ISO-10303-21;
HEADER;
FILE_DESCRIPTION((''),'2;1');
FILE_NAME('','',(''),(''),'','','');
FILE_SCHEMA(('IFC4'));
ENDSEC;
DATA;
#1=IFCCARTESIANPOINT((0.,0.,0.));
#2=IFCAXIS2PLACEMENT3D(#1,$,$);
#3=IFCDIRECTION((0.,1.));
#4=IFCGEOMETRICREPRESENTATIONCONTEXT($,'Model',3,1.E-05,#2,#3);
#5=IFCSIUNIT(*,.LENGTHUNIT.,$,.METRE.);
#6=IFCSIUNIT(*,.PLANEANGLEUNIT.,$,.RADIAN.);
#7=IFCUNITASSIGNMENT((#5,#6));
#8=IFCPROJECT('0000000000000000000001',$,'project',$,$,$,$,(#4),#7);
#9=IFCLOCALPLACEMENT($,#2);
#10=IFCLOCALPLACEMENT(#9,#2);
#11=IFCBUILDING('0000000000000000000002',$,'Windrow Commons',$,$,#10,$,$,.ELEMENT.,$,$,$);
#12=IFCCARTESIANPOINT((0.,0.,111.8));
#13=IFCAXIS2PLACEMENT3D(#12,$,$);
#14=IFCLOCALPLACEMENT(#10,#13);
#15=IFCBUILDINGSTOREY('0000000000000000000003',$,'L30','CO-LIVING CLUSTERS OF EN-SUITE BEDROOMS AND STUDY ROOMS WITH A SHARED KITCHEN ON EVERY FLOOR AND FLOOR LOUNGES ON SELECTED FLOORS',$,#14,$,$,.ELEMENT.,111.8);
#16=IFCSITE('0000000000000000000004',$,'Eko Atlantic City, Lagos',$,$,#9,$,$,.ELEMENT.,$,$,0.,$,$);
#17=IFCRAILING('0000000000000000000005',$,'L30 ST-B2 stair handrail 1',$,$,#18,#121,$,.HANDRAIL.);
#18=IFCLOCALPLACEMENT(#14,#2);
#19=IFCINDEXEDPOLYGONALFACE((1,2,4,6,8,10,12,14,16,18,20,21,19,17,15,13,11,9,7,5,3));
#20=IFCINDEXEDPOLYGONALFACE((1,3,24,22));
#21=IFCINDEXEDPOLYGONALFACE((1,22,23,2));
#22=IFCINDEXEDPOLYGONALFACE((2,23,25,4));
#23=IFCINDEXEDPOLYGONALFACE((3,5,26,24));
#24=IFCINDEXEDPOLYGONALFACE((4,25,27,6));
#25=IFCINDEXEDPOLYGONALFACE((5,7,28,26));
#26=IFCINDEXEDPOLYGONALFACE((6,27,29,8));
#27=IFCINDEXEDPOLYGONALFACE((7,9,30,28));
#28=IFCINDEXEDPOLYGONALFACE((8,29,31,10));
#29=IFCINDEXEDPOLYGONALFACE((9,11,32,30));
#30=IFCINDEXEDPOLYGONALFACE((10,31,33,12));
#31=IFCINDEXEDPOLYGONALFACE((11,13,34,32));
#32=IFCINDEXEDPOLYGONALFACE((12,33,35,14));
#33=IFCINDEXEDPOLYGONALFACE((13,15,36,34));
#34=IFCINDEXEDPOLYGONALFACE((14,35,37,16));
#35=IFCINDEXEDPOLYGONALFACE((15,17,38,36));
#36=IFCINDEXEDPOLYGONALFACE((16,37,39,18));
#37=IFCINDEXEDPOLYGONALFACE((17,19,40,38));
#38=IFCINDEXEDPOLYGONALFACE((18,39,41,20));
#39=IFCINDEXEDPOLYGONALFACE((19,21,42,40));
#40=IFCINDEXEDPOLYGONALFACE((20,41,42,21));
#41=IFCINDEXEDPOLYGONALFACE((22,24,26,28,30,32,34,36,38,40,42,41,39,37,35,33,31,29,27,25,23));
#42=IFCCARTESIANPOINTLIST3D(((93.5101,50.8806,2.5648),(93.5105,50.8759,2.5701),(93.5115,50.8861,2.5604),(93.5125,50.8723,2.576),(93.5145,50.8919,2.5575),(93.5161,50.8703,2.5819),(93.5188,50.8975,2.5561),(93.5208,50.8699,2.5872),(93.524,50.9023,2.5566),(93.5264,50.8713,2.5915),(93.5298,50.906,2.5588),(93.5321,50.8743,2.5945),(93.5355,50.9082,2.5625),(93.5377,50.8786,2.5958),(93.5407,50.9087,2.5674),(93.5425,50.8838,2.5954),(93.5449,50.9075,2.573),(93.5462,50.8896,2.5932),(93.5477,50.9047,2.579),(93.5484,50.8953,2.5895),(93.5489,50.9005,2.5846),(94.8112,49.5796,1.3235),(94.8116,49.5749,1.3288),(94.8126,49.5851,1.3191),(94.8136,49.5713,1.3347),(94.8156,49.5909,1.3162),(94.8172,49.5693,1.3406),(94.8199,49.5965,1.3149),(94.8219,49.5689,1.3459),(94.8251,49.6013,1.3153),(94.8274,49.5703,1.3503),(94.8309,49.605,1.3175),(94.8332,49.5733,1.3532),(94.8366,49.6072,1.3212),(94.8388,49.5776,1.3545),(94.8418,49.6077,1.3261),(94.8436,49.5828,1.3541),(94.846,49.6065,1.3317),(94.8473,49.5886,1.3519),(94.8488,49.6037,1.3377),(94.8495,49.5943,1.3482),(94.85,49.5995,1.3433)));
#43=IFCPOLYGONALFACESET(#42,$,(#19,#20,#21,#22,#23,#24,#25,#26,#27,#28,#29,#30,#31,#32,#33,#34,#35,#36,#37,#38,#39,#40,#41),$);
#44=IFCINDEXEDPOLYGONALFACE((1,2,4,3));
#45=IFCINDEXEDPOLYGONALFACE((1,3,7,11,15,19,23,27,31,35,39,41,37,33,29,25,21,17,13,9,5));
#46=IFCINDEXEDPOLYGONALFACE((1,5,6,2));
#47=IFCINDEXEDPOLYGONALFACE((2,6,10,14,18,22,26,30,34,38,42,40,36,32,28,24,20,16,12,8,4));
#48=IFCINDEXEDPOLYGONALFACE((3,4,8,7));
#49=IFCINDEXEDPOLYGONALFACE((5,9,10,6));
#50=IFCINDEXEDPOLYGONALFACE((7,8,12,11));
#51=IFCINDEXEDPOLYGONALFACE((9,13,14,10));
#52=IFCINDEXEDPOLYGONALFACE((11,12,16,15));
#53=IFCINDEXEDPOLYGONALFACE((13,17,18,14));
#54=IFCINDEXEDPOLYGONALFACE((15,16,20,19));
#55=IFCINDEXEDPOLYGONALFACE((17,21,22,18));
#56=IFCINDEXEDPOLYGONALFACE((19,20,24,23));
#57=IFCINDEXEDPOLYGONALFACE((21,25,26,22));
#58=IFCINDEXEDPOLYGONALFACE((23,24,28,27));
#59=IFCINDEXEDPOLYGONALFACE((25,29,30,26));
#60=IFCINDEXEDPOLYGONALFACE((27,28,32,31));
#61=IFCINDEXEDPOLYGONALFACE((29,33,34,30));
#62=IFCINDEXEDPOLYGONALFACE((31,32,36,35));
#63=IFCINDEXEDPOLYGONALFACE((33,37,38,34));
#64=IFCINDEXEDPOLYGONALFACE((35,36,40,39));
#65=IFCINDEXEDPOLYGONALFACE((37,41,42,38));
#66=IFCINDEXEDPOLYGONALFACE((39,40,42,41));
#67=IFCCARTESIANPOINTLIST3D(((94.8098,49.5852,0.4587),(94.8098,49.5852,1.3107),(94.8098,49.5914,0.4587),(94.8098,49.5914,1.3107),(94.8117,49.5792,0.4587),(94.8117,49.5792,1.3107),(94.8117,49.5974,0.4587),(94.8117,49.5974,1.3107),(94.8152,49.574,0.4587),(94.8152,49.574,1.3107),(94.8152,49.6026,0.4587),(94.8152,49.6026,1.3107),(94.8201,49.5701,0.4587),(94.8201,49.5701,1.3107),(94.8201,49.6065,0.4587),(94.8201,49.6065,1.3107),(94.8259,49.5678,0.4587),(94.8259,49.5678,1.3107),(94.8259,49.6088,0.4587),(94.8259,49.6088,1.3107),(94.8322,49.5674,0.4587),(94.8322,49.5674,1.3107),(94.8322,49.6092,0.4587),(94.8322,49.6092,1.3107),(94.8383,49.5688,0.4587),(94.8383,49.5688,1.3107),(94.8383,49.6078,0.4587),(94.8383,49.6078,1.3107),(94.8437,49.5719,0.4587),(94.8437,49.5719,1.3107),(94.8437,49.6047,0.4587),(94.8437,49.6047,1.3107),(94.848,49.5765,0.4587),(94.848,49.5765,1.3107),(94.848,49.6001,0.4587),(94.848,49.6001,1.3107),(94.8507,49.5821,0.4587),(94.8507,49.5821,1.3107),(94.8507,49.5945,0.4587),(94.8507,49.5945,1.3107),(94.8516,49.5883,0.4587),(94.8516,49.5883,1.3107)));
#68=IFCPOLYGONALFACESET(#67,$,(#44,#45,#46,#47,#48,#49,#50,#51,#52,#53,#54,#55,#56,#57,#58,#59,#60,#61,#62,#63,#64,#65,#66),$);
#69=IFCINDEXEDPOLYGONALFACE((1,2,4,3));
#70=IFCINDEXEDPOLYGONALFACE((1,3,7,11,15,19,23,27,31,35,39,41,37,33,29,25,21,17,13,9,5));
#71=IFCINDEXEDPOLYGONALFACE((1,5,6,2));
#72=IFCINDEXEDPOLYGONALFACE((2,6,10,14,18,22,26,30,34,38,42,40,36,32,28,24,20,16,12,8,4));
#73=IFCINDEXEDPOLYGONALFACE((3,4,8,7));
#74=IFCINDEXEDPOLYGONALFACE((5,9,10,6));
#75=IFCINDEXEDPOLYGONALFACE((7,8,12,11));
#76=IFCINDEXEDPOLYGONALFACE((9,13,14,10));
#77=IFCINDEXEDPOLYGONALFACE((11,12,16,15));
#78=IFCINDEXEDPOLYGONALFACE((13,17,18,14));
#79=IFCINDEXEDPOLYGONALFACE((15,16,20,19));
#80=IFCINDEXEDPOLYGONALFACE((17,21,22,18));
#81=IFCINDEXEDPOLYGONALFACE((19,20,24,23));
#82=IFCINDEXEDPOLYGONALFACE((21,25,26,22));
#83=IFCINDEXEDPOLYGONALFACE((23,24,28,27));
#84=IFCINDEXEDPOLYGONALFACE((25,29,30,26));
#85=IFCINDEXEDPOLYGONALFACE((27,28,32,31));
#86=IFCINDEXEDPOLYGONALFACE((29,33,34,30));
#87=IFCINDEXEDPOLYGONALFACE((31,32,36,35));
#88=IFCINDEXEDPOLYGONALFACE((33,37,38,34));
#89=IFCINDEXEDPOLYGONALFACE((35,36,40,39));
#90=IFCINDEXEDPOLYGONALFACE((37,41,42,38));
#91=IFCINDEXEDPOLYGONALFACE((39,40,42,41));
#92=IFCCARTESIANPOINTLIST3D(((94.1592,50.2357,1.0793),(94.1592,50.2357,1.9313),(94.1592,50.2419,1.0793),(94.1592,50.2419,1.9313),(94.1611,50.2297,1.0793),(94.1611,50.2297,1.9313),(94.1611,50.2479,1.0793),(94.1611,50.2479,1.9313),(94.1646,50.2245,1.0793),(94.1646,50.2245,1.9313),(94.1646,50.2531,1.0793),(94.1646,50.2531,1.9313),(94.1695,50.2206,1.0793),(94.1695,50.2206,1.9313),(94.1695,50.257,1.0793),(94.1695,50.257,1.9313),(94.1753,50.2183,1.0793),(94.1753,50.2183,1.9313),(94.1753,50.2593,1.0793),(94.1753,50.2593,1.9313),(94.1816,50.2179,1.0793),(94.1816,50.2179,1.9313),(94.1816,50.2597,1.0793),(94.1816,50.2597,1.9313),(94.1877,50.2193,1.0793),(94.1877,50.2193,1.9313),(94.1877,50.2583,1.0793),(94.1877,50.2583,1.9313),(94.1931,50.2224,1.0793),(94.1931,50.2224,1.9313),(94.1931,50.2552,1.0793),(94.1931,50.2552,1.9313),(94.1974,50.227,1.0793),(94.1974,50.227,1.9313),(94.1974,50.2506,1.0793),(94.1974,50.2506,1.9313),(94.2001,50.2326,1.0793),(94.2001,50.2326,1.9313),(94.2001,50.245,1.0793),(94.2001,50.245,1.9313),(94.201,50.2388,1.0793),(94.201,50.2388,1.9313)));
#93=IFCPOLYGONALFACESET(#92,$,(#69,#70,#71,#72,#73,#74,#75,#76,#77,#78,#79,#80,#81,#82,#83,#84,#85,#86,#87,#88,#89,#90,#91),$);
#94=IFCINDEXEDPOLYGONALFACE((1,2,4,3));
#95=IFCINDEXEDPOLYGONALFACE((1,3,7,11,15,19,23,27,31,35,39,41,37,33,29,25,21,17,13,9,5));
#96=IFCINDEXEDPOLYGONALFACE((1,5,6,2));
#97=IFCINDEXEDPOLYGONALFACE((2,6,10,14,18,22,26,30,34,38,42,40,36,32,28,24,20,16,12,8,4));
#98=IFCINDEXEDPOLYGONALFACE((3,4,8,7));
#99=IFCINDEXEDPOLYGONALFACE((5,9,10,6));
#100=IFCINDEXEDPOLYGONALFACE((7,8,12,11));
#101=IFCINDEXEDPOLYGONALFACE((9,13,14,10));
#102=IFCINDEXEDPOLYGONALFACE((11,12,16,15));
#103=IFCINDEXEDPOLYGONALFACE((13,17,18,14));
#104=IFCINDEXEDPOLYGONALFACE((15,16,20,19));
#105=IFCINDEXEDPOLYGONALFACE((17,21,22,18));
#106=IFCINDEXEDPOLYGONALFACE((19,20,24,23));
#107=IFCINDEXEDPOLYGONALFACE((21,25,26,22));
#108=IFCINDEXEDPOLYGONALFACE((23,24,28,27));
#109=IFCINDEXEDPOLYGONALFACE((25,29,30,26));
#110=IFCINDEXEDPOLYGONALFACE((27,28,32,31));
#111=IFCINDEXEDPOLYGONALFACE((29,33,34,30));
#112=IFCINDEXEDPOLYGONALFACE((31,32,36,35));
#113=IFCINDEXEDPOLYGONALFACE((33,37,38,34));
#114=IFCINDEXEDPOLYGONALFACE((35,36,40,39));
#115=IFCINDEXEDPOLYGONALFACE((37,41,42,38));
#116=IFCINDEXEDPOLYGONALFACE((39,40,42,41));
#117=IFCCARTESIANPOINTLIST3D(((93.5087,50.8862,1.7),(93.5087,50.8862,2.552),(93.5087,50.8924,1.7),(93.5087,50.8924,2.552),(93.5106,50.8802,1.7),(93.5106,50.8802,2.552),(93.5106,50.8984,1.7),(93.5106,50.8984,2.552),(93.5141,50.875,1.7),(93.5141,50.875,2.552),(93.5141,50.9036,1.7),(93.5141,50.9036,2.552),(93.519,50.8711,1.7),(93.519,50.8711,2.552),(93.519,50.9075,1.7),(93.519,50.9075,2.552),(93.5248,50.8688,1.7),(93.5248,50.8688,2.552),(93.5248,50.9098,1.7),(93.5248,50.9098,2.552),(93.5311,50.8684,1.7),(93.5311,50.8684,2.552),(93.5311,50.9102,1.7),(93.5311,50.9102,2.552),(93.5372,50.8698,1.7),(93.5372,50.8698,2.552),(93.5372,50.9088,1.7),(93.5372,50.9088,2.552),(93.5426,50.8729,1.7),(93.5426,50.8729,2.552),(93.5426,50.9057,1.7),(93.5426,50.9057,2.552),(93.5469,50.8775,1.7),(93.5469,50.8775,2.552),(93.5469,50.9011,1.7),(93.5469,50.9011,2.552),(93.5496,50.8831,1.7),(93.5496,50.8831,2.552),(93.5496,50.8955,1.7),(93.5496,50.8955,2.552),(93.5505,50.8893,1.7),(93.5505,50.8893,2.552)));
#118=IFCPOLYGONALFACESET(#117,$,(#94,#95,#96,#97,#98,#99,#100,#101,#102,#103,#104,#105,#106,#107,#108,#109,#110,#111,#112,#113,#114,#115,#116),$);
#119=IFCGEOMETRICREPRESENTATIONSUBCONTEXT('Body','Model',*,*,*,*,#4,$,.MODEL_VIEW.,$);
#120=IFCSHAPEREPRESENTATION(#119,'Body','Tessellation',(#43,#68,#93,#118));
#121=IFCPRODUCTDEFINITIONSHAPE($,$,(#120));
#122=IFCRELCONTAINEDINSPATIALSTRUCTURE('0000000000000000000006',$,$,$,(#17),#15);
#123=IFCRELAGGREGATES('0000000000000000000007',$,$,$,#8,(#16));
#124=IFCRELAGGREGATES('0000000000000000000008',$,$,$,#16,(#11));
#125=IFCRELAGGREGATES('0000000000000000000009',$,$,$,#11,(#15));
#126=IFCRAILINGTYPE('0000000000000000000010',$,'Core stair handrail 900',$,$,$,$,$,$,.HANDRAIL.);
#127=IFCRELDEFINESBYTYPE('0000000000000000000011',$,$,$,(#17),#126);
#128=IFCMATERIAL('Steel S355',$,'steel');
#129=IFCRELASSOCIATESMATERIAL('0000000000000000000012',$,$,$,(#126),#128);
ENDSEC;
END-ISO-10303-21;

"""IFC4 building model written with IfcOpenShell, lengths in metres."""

from ifc_helpers import new_model, si_unit, direction, frame, origin, origin_2d, place, context, subcontext, project, spatial, circle, extrude, material, type_object, element, save


model = new_model("IFC4")

# Units and contexts
model_context = context("Model", 3, precision=1e-05, world=origin(), true_north=direction((0.0, 1.0)))
body_context = subcontext(model_context, "Body", "Model", "MODEL_VIEW")
ifc_project = project(units=[si_unit("LENGTHUNIT", "METRE"), si_unit("PLANEANGLEUNIT", "RADIAN")], contexts=[model_context])

# Site, building, storey
site_placement = place(None, origin())
site = spatial("IfcSite", under=ifc_project, at=site_placement, Name="Eko Atlantic City, Lagos", CompositionType="ELEMENT", RefElevation=0.0)
building_placement = place(site_placement, origin())
building = spatial("IfcBuilding", under=site, at=building_placement, Name="Windrow Commons", CompositionType="ELEMENT")
storey_placement = place(building_placement, frame((0.0, 0.0, 111.8)))
storey = spatial("IfcBuildingStorey", under=building, at=storey_placement, Name="L30", Description="CO-LIVING CLUSTERS OF EN-SUITE BEDROOMS AND STUDY ROOMS WITH A SHARED KITCHEN ON EVERY FLOOR AND FLOOR LOUNGES ON SELECTED FLOORS", CompositionType="ELEMENT", Elevation=111.8)

# Railing
ifc_material_1 = material(Name="Steel S355", Category="steel")
railing_type_1 = type_object("IfcRailingType", Name="Core stair handrail 900", PredefinedType="HANDRAIL", material=ifc_material_1)
railing_1_placement = place(storey_placement, frame((94.8306, 49.5883, 0.4587)))
element("IfcRailing", 1, at=railing_1_placement, inside=storey, type_object=railing_type_1, Name="L30 ST-B2 stair handrail 1", PredefinedType="HANDRAIL", context=body_context, shape_type="SweptSolid", body=[
    extrude(circle(Radius=0.024, at=origin_2d()), frame((0.0, 0.0, 0.876), z_axis=(-0.586207, 0.586162, 0.559264), x_axis=(-0.70708, -0.707134, 0.0)), (0.0, 0.0, 1.0), 2.2195),
    extrude(circle(Radius=0.021, at=origin_2d()), origin(), (0.0, 0.0, 1.0), 0.852),
    extrude(circle(Radius=0.021, at=origin_2d()), frame((-0.6506, 0.6505, 0.6206)), (0.0, 0.0, 1.0), 0.852),
    extrude(circle(Radius=0.021, at=origin_2d()), frame((-1.3011, 1.301, 1.2413)), (0.0, 0.0, 1.0), 0.852),
])

save(model, "model.ifc")
